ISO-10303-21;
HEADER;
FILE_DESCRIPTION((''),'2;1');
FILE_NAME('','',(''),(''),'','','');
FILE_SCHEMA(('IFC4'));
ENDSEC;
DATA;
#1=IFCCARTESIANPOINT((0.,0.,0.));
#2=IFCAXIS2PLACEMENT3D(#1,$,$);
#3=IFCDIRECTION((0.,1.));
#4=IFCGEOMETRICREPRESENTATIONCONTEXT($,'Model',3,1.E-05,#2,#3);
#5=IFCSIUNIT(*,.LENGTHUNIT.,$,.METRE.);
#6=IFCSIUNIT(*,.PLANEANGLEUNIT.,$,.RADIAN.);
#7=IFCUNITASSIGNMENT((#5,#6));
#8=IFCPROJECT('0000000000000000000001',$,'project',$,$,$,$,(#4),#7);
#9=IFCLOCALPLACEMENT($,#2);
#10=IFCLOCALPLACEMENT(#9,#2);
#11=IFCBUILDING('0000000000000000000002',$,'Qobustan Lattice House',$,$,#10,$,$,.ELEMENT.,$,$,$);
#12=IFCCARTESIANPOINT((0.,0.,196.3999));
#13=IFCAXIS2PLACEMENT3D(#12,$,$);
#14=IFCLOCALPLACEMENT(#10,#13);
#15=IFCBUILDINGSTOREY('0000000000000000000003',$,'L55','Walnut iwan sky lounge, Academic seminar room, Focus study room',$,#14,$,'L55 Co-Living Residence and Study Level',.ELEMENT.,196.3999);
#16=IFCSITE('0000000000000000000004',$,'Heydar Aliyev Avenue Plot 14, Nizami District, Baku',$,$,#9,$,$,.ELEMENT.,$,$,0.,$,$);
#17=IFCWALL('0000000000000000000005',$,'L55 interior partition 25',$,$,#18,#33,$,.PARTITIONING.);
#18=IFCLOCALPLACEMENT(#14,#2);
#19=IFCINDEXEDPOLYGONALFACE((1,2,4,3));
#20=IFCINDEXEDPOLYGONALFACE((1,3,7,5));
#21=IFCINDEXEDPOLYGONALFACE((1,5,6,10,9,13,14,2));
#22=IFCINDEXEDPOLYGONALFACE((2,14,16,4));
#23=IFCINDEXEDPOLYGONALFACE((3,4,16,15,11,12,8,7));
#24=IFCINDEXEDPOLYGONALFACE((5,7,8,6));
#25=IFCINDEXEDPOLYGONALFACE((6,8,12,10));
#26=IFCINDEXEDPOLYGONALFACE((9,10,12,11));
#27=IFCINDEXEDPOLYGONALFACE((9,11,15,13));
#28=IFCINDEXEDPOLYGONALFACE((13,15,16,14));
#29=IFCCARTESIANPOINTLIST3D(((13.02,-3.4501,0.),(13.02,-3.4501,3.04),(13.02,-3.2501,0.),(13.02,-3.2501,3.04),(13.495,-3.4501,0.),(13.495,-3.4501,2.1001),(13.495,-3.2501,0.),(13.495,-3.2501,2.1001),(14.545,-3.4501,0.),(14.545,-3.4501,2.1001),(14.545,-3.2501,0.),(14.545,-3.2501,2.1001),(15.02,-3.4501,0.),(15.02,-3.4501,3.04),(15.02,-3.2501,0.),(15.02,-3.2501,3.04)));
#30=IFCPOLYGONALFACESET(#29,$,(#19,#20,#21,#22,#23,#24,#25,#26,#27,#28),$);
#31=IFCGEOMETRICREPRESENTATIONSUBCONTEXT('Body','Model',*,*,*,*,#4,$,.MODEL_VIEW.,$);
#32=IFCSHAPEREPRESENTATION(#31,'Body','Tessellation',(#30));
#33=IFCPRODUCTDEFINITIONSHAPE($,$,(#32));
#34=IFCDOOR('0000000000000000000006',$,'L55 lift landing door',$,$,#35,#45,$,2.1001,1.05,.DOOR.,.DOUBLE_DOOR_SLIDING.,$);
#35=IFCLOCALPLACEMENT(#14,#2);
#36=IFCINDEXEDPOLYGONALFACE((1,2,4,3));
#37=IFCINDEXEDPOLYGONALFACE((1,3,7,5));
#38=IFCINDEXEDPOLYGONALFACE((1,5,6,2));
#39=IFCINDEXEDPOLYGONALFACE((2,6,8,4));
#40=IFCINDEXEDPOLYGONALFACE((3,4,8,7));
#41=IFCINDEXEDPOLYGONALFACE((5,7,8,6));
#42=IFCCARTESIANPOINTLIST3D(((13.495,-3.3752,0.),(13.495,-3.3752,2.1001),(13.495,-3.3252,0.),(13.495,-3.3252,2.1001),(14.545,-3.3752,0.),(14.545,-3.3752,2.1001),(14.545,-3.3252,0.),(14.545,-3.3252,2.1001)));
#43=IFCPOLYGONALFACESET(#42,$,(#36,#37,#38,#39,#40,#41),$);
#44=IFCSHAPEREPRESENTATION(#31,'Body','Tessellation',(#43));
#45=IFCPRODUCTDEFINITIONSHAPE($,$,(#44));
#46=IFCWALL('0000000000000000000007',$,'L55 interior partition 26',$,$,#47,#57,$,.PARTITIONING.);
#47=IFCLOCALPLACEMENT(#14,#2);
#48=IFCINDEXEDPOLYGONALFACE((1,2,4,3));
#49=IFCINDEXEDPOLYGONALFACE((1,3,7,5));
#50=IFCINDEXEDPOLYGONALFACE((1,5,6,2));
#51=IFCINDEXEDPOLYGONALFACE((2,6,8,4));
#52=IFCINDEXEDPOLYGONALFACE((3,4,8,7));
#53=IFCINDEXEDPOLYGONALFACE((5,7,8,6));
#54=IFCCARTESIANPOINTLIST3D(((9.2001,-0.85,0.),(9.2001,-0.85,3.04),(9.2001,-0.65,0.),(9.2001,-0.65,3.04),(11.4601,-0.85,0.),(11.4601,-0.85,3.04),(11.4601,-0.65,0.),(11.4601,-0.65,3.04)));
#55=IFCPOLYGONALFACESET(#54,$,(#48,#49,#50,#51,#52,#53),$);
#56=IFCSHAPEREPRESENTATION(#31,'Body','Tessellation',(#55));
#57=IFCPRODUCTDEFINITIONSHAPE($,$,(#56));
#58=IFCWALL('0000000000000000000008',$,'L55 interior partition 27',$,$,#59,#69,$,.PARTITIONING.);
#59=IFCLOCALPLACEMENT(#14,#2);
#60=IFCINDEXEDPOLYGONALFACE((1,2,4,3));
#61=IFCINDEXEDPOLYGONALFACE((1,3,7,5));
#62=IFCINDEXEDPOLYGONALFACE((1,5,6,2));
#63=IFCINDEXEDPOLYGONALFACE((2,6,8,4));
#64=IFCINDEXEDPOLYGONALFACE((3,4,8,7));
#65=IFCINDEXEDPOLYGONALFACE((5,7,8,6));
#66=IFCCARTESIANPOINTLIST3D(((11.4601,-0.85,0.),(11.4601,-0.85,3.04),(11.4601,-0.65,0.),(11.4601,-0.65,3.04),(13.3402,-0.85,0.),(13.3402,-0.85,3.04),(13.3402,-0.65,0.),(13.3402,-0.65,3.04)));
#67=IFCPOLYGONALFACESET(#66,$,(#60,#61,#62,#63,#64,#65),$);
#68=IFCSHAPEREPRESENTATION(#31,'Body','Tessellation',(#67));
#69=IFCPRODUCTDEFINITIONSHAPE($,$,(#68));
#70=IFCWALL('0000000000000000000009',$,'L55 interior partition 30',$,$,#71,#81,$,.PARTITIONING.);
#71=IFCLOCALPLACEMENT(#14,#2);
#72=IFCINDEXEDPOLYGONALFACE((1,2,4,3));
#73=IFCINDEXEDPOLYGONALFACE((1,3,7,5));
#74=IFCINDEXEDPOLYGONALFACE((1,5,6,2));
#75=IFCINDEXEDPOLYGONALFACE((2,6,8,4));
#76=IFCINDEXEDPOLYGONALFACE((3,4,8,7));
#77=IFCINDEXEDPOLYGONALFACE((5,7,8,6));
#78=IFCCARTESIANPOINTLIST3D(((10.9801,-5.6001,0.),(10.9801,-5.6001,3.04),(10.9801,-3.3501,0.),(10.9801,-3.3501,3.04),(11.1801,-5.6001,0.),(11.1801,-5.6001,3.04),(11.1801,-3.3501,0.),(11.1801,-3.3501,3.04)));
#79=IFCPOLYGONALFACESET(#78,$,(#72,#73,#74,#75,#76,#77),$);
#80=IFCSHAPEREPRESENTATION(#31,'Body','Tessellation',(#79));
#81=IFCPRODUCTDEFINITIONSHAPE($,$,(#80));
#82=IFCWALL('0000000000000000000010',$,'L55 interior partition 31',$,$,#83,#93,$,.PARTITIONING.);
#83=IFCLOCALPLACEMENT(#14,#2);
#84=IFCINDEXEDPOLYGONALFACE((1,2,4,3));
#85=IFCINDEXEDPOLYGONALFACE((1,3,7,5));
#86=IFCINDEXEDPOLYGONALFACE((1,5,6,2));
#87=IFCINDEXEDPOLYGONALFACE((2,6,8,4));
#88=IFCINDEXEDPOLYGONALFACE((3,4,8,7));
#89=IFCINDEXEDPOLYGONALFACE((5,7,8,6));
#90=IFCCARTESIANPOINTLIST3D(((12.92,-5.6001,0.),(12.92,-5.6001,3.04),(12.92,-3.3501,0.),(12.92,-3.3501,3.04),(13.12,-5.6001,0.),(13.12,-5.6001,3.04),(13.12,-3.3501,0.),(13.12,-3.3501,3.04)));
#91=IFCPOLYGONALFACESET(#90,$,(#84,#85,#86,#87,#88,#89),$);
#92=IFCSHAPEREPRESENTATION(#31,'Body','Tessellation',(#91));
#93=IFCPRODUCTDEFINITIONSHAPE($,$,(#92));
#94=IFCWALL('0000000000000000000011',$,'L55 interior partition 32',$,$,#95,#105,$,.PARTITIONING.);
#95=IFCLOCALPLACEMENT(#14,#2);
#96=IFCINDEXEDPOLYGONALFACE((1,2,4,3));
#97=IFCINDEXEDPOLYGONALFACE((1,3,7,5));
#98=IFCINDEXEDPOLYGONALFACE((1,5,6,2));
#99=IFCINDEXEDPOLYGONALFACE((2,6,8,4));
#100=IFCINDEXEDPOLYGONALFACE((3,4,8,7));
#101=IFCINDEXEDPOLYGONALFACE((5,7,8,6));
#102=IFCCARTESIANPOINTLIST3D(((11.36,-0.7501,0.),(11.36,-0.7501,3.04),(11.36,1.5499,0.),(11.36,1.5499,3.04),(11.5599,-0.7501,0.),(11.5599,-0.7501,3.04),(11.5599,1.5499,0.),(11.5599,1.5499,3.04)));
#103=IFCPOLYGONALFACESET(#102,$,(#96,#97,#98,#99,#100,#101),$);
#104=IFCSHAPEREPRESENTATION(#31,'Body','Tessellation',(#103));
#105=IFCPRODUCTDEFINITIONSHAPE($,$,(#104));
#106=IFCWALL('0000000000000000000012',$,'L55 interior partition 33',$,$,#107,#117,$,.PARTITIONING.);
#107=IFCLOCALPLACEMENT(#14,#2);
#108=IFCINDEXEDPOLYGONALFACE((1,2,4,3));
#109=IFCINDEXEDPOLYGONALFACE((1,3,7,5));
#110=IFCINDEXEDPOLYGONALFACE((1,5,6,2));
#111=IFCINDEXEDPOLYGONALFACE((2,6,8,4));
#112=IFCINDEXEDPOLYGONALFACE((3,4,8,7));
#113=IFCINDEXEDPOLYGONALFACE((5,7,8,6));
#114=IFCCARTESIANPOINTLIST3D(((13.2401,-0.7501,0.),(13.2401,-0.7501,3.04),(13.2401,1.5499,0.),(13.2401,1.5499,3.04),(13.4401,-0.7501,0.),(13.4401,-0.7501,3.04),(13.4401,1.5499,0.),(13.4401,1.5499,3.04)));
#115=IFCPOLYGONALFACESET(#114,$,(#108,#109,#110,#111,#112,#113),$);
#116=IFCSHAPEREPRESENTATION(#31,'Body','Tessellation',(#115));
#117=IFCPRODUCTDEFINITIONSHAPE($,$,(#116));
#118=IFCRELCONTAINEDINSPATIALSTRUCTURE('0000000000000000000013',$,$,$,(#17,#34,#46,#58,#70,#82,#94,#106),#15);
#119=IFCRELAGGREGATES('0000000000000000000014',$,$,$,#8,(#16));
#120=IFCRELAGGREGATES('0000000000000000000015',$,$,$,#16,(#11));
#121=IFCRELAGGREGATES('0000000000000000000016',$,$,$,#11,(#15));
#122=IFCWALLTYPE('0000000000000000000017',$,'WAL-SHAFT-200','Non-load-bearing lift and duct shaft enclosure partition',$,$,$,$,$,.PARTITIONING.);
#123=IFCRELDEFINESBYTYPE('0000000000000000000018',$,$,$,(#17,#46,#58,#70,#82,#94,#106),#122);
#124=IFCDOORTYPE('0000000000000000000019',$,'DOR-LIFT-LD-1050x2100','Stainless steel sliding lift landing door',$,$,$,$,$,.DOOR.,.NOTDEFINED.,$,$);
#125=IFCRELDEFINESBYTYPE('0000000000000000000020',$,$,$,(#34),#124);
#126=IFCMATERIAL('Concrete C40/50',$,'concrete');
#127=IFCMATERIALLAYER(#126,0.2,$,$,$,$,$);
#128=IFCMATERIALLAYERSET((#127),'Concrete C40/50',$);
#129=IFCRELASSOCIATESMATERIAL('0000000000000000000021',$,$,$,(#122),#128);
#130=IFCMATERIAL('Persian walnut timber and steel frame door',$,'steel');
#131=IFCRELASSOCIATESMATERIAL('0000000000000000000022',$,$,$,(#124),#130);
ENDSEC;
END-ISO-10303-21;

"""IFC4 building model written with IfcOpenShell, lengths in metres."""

from ifc_helpers import new_model, si_unit, direction, frame, frame_2d, origin, place, context, subcontext, project, spatial, rectangle, extrude, material, layer, layer_set, type_object, element, fill, save


model = new_model("IFC4")

# Units and contexts
model_context = context("Model", 3, precision=1e-05, world=origin(), true_north=direction((0.0, 1.0)))
body_context = subcontext(model_context, "Body", "Model", "MODEL_VIEW")
ifc_project = project(units=[si_unit("LENGTHUNIT", "METRE"), si_unit("PLANEANGLEUNIT", "RADIAN")], contexts=[model_context])

# Site, building, storey
site_placement = place(None, origin())
site = spatial("IfcSite", under=ifc_project, at=site_placement, Name="Heydar Aliyev Avenue Plot 14, Nizami District, Baku", CompositionType="ELEMENT", RefElevation=0.0)
building_placement = place(site_placement, origin())
building = spatial("IfcBuilding", under=site, at=building_placement, Name="Qobustan Lattice House", CompositionType="ELEMENT")
storey_placement = place(building_placement, frame((0.0, 0.0, 196.3999)))
storey = spatial("IfcBuildingStorey", under=building, at=storey_placement, Name="L55", Description="Walnut iwan sky lounge, Academic seminar room, Focus study room", LongName="L55 Co-Living Residence and Study Level", CompositionType="ELEMENT", Elevation=196.3999)

# Shared definitions
ifc_material_1 = material(Name="Concrete C40/50", Category="concrete")
ifc_layer_1 = layer(ifc_material_1, 0.2)
ifc_layer_set_1 = layer_set([ifc_layer_1], Name="Concrete C40/50")
wall_type_1 = type_object("IfcWallType", Name="WAL-SHAFT-200", Description="Non-load-bearing lift and duct shaft enclosure partition", PredefinedType="PARTITIONING", material=ifc_layer_set_1)

# Wall, opening, door
ifc_material_2 = material(Name="Persian walnut timber and steel frame door", Category="steel")
door_type_1 = type_object("IfcDoorType", Name="DOR-LIFT-LD-1050x2100", Description="Stainless steel sliding lift landing door", OperationType="NOTDEFINED", PredefinedType="DOOR", material=ifc_material_2)
wall_1_placement = place(storey_placement, frame((13.02, -3.3501, 0.0), z_axis=(0.0, 0.0, 1.0), x_axis=(1.0, 0.0, 0.0)))
wall_1 = element("IfcWall", 1, at=wall_1_placement, inside=storey, type_object=wall_type_1, Name="L55 interior partition 25", PredefinedType="PARTITIONING", context=body_context, shape_type="SweptSolid", body=[
    extrude(rectangle(XDim=2.0, YDim=0.2, at=frame_2d((1.0, 0.0))), origin(), (0.0, 0.0, 1.0), 3.04),
])
opening_1_placement = place(wall_1_placement, frame((0.4751, 0.0, 0.0)))
opening_1 = element("IfcOpeningElement", 2, at=opening_1_placement, cuts=wall_1, PredefinedType="OPENING", context=body_context, shape_type="SweptSolid", body=[
    extrude(rectangle(XDim=1.05, YDim=2.1001, at=frame_2d((0.5249, 1.05))), frame((0.0, 0.1099, 0.0), z_axis=(0.0, -1.0, 0.0), x_axis=(1.0, 0.0, 0.0)), (0.0, 0.0, 1.0), 0.22),
])
door_1_placement = place(opening_1_placement, origin())
door_1 = element("IfcDoor", 3, at=door_1_placement, inside=storey, type_object=door_type_1, Name="L55 lift landing door", OperationType="DOUBLE_DOOR_SLIDING", OverallHeight=2.1001, OverallWidth=1.05, PredefinedType="DOOR", context=body_context, shape_type="SweptSolid", body=[
    extrude(rectangle(XDim=1.05, YDim=2.1001, at=frame_2d((0.5249, 1.05))), frame((0.0, 0.0249, 0.0), z_axis=(0.0, -1.0, 0.0), x_axis=(1.0, 0.0, 0.0)), (0.0, 0.0, 1.0), 0.05),
])
fill(opening_1, door_1)

# Walls
wall_2_placement = place(storey_placement, frame((11.46, -0.75, 0.0), z_axis=(0.0, 0.0, 1.0), x_axis=(-1.0, 0.0, 0.0)))
element("IfcWall", 4, at=wall_2_placement, inside=storey, type_object=wall_type_1, Name="L55 interior partition 26", PredefinedType="PARTITIONING", context=body_context, shape_type="SweptSolid", body=[
    extrude(rectangle(XDim=2.26, YDim=0.2, at=frame_2d((1.1299, 0.0))), origin(), (0.0, 0.0, 1.0), 3.04),
])
wall_3_placement = place(storey_placement, frame((13.3401, -0.75, 0.0), z_axis=(0.0, 0.0, 1.0), x_axis=(-1.0, 0.0, 0.0)))
element("IfcWall", 5, at=wall_3_placement, inside=storey, type_object=wall_type_1, Name="L55 interior partition 27", PredefinedType="PARTITIONING", context=body_context, shape_type="SweptSolid", body=[
    extrude(rectangle(XDim=1.8801, YDim=0.2, at=frame_2d((0.9399, 0.0))), origin(), (0.0, 0.0, 1.0), 3.04),
])
for number, where, z_axis, x_axis, name in (
    (6, (11.0801, -5.6001, 0.0), (0.0, 0.0, 1.0), (0.0, 1.0, 0.0), "L55 interior partition 30"),
    (7, (13.02, -5.6001, 0.0), (0.0, 0.0, 1.0), (0.0, 1.0, 0.0), "L55 interior partition 31"),
):
    element("IfcWall", number, at=place(storey_placement, frame(where, z_axis=z_axis, x_axis=x_axis)), inside=storey, type_object=wall_type_1, Name=name, PredefinedType="PARTITIONING", context=body_context, shape_type="SweptSolid", body=[
        extrude(rectangle(XDim=2.25, YDim=0.2, at=frame_2d((1.125, 0.0))), origin(), (0.0, 0.0, 1.0), 3.04),
    ])
for number, where, z_axis, x_axis, name in (
    (8, (11.46, -0.75, 0.0), (0.0, 0.0, 1.0), (0.0, 1.0, 0.0), "L55 interior partition 32"),
    (9, (13.3401, -0.75, 0.0), (0.0, 0.0, 1.0), (0.0, 1.0, 0.0), "L55 interior partition 33"),
):
    element("IfcWall", number, at=place(storey_placement, frame(where, z_axis=z_axis, x_axis=x_axis)), inside=storey, type_object=wall_type_1, Name=name, PredefinedType="PARTITIONING", context=body_context, shape_type="SweptSolid", body=[
        extrude(rectangle(XDim=2.3, YDim=0.2, at=frame_2d((1.1499, 0.0))), origin(), (0.0, 0.0, 1.0), 3.04),
    ])

save(model, "model.ifc")
